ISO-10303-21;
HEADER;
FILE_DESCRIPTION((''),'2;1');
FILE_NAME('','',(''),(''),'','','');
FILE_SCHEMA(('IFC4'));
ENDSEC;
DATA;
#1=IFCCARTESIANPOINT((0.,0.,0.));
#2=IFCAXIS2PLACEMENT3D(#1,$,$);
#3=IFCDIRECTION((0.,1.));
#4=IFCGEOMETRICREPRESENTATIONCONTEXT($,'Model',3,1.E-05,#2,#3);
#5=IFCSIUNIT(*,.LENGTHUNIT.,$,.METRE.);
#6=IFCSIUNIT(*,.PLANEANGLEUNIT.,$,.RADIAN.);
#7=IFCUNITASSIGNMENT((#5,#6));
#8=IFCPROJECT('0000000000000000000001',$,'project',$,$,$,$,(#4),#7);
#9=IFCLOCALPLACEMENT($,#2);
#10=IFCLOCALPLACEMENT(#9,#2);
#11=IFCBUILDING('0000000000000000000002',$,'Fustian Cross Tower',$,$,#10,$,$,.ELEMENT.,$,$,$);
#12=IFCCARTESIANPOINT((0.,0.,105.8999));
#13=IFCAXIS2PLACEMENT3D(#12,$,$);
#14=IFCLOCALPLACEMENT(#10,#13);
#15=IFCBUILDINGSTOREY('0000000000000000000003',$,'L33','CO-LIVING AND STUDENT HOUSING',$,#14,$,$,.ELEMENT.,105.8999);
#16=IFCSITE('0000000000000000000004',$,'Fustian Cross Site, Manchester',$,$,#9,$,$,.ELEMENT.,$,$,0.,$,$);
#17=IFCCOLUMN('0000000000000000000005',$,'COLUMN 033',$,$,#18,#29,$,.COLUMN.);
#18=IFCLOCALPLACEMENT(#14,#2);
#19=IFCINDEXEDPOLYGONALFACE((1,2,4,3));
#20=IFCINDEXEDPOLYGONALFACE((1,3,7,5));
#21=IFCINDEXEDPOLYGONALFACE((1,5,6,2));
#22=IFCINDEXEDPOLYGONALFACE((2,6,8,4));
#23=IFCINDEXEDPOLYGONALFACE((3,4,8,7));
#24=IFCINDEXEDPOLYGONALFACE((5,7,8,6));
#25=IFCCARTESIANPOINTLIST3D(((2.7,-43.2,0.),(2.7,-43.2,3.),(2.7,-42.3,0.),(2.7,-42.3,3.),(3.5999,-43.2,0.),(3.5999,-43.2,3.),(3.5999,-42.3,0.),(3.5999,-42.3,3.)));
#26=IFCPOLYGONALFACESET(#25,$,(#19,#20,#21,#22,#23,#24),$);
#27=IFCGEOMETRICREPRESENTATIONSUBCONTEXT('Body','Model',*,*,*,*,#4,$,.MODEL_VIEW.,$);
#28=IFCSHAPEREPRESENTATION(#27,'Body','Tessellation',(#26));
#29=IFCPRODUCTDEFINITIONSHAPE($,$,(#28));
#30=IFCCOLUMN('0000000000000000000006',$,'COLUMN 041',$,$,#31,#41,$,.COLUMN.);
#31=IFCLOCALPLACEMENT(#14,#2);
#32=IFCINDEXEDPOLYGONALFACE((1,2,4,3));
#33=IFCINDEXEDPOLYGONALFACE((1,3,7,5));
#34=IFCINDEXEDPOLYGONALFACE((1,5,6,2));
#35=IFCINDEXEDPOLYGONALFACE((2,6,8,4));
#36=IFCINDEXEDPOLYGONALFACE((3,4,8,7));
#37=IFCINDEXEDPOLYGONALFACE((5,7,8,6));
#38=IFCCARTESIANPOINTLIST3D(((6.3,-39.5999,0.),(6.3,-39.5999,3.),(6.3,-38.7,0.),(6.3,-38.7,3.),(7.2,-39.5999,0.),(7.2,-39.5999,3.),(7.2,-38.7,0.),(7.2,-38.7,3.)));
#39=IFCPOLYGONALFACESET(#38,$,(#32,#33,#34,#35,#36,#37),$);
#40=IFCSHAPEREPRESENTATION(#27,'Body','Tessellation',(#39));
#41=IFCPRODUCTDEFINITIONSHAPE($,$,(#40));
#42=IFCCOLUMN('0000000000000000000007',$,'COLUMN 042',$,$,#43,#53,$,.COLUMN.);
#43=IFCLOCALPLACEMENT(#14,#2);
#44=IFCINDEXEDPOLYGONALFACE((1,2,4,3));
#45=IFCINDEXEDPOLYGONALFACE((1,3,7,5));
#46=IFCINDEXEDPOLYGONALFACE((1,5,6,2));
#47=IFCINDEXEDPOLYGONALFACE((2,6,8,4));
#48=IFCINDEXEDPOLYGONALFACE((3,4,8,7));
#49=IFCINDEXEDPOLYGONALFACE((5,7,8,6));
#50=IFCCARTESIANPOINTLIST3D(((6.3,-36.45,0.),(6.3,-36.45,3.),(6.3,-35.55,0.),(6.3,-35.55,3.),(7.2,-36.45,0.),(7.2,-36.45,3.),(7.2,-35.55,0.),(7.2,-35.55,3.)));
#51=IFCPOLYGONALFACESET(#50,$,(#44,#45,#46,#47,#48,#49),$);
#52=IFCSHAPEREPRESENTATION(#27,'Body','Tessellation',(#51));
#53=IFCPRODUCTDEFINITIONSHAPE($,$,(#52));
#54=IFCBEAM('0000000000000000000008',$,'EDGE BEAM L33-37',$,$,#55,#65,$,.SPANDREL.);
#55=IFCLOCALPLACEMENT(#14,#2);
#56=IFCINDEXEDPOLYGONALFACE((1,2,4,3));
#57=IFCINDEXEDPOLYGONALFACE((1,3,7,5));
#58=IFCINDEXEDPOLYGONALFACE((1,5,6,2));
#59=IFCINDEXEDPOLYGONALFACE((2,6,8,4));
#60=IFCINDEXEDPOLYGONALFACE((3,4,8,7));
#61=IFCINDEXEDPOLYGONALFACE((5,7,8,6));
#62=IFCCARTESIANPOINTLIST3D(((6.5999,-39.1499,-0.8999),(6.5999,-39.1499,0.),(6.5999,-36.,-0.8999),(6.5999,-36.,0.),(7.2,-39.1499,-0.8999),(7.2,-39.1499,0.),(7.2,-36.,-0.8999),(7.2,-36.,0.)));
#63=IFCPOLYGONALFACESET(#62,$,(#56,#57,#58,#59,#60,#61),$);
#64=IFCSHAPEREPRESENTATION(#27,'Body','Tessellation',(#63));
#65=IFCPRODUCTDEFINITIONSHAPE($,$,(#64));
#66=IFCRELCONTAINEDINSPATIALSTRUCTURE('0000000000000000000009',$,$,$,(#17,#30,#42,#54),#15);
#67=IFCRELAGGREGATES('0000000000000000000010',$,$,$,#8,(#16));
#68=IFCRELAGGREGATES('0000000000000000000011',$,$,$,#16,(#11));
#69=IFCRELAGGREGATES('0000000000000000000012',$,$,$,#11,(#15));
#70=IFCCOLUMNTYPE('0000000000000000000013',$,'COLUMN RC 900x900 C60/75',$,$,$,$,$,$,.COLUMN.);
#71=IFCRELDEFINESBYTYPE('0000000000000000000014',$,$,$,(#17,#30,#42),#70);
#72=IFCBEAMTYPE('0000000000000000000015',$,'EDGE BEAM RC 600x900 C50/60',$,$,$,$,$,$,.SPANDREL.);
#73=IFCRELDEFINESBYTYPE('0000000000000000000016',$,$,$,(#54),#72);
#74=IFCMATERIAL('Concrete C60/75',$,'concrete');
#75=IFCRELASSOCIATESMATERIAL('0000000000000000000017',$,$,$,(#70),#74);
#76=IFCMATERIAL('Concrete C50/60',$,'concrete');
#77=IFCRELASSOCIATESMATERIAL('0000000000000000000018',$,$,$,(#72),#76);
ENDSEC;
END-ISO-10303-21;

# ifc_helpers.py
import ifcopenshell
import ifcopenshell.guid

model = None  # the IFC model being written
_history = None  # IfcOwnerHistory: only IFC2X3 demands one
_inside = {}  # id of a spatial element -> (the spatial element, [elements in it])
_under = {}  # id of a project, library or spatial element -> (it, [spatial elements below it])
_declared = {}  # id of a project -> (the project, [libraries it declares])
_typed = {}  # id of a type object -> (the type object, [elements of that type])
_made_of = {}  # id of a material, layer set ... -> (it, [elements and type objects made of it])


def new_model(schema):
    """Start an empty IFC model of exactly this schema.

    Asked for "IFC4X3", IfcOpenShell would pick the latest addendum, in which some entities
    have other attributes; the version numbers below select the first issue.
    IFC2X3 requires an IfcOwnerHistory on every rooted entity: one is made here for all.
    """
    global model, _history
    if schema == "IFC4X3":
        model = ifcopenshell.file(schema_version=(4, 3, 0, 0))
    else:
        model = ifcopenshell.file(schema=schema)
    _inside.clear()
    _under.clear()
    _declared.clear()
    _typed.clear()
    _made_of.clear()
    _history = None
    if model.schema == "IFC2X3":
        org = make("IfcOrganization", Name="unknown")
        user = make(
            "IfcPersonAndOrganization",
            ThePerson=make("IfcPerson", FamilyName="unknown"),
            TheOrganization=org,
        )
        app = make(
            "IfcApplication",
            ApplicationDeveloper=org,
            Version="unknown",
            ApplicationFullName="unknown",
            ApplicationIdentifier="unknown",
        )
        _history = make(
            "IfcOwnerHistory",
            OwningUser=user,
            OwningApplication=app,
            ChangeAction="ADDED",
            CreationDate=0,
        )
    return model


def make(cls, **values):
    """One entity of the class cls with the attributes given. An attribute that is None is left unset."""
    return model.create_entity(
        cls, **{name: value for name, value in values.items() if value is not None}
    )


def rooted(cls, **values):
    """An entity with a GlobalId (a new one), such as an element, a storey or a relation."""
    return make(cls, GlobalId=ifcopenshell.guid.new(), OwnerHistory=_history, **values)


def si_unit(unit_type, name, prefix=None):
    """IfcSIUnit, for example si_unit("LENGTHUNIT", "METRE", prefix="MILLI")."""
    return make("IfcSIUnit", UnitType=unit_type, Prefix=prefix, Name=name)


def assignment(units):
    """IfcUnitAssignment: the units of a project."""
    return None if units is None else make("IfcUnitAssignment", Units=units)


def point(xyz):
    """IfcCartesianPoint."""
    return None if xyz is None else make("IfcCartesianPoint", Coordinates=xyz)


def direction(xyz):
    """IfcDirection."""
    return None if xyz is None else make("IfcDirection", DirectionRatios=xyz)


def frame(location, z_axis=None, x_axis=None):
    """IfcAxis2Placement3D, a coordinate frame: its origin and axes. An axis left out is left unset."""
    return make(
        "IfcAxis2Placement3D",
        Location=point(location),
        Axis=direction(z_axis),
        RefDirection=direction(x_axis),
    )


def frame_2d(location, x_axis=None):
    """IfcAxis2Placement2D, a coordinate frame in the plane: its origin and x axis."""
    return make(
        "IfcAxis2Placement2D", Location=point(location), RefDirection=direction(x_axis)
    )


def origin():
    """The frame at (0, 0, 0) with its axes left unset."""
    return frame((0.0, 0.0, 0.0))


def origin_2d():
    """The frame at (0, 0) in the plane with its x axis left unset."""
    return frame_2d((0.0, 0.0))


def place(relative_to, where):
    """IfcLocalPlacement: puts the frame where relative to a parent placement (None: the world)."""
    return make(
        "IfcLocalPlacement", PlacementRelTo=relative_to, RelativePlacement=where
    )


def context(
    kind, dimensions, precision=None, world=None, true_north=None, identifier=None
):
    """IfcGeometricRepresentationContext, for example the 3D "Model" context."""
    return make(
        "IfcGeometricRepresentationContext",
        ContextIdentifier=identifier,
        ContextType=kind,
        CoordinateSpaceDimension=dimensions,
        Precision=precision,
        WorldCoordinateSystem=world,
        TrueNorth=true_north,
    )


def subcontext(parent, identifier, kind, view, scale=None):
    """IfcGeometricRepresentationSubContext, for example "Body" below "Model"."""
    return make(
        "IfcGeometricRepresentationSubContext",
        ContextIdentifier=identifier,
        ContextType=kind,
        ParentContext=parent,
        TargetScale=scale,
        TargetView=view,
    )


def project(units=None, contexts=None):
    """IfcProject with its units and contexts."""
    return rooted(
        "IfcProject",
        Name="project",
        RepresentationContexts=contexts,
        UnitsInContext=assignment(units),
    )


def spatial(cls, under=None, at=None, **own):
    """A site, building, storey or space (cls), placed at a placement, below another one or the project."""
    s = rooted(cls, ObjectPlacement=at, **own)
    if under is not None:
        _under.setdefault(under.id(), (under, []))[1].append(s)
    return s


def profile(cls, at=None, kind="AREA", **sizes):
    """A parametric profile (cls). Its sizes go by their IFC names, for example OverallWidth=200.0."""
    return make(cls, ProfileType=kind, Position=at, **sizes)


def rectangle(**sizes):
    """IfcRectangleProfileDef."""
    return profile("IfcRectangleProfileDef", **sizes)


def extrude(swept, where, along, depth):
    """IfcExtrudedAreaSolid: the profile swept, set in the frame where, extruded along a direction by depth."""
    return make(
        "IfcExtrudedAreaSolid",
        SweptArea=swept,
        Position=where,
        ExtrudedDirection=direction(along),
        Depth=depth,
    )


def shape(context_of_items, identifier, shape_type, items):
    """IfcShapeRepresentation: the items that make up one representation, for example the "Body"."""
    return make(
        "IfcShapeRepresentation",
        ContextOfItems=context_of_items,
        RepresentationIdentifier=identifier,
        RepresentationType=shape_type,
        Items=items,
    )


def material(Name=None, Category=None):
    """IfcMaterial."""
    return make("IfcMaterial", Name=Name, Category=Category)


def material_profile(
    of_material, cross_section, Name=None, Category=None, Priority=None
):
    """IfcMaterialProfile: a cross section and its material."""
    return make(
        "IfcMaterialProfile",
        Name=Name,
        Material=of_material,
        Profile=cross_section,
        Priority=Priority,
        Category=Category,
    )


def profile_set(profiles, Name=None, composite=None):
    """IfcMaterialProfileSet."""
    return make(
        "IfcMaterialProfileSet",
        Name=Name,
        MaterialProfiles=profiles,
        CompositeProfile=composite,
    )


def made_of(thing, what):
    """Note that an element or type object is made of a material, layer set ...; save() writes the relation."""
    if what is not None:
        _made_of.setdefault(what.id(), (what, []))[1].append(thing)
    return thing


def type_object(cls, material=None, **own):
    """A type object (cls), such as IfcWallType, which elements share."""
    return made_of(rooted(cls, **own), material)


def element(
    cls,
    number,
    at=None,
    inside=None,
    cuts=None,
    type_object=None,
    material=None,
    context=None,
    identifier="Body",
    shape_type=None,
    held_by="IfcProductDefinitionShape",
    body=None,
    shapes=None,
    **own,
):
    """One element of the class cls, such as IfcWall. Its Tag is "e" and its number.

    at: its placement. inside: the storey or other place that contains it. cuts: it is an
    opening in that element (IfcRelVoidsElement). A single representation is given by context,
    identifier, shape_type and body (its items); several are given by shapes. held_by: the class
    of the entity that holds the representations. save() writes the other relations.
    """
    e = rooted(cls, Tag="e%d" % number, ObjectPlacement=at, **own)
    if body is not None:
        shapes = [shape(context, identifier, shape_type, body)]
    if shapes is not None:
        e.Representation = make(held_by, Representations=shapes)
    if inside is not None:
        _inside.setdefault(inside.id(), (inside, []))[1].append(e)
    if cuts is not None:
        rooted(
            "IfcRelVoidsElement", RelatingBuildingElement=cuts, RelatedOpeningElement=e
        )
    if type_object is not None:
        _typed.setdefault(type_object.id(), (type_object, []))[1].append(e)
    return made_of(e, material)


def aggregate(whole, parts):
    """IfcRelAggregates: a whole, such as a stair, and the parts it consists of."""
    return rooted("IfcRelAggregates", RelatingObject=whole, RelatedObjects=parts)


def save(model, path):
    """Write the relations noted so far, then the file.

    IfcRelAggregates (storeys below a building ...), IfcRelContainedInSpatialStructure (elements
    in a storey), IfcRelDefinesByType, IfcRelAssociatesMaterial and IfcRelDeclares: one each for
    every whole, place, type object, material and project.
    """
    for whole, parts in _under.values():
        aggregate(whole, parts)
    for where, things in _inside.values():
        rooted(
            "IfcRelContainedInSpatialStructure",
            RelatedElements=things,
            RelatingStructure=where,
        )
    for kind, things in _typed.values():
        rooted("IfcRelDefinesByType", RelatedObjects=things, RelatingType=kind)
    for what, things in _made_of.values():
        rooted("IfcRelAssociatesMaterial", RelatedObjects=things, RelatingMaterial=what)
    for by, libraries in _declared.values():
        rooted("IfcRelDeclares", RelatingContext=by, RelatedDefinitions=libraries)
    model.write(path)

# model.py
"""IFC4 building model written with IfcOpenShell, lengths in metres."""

from ifc_helpers import new_model, si_unit, direction, frame, origin, origin_2d, place, context, subcontext, project, spatial, rectangle, extrude, material, material_profile, profile_set, type_object, element, save


model = new_model("IFC4")

# Units and contexts
model_context = context("Model", 3, precision=1e-05, world=origin(), true_north=direction((0.0, 1.0)))
body_context = subcontext(model_context, "Body", "Model", "MODEL_VIEW")
ifc_project = project(units=[si_unit("LENGTHUNIT", "METRE"), si_unit("PLANEANGLEUNIT", "RADIAN")], contexts=[model_context])

# Site, building, storey
site_placement = place(None, origin())
site = spatial("IfcSite", under=ifc_project, at=site_placement, Name="Fustian Cross Site, Manchester", CompositionType="ELEMENT", RefElevation=0.0)
building_placement = place(site_placement, origin())
building = spatial("IfcBuilding", under=site, at=building_placement, Name="Fustian Cross Tower", CompositionType="ELEMENT")
storey_placement = place(building_placement, frame((0.0, 0.0, 105.8999)))
storey = spatial("IfcBuildingStorey", under=building, at=storey_placement, Name="L33", Description="CO-LIVING AND STUDENT HOUSING", CompositionType="ELEMENT", Elevation=105.8999)

# Columns
ifc_material_1 = material(Name="Concrete C60/75", Category="concrete")
ifc_material_profile_1 = material_profile(ifc_material_1, rectangle(XDim=0.8999, YDim=0.8999, at=origin_2d()), Name="RC 900x900")
ifc_profile_set_1 = profile_set([ifc_material_profile_1], Name="Concrete C60/75")
column_type = type_object("IfcColumnType", Name="COLUMN RC 900x900 C60/75", PredefinedType="COLUMN", material=ifc_profile_set_1)
for number, where, z_axis, x_axis, name in (
    (1, (3.1499, -42.75, 0.0), (0.0, 0.0, 1.0), (1.0, 0.0, 0.0), "COLUMN 033"),
    (2, (6.75, -39.1499, 0.0), (0.0, 0.0, 1.0), (1.0, 0.0, 0.0), "COLUMN 041"),
    (3, (6.75, -36.0, 0.0), (0.0, 0.0, 1.0), (1.0, 0.0, 0.0), "COLUMN 042"),
):
    element("IfcColumn", number, at=place(storey_placement, frame(where, z_axis=z_axis, x_axis=x_axis)), inside=storey, type_object=column_type, Name=name, PredefinedType="COLUMN", context=body_context, shape_type="SweptSolid", body=[
        extrude(rectangle(XDim=0.8999, YDim=0.8999, at=origin_2d()), origin(), (0.0, 0.0, 1.0), 3.0),
    ])

# Beam
ifc_material_2 = material(Name="Concrete C50/60", Category="concrete")
ifc_material_profile_2 = material_profile(ifc_material_2, rectangle(XDim=0.6001, YDim=0.8999, at=origin_2d()), Name="RC 600x900")
ifc_profile_set_2 = profile_set([ifc_material_profile_2], Name="Concrete C50/60")
beam_type = type_object("IfcBeamType", Name="EDGE BEAM RC 600x900 C50/60", PredefinedType="SPANDREL", material=ifc_profile_set_2)
beam_placement = place(storey_placement, frame((6.8999, -39.1499, -0.45), z_axis=(0.0, 1.0, 0.0), x_axis=(-1.0, 0.0, 0.0)))
element("IfcBeam", 4, at=beam_placement, inside=storey, type_object=beam_type, Name="EDGE BEAM L33-37", PredefinedType="SPANDREL", context=body_context, shape_type="SweptSolid", body=[
    extrude(rectangle(XDim=0.6001, YDim=0.8999, at=origin_2d()), origin(), (0.0, 0.0, 1.0), 3.1499),
])

save(model, "model.ifc")
